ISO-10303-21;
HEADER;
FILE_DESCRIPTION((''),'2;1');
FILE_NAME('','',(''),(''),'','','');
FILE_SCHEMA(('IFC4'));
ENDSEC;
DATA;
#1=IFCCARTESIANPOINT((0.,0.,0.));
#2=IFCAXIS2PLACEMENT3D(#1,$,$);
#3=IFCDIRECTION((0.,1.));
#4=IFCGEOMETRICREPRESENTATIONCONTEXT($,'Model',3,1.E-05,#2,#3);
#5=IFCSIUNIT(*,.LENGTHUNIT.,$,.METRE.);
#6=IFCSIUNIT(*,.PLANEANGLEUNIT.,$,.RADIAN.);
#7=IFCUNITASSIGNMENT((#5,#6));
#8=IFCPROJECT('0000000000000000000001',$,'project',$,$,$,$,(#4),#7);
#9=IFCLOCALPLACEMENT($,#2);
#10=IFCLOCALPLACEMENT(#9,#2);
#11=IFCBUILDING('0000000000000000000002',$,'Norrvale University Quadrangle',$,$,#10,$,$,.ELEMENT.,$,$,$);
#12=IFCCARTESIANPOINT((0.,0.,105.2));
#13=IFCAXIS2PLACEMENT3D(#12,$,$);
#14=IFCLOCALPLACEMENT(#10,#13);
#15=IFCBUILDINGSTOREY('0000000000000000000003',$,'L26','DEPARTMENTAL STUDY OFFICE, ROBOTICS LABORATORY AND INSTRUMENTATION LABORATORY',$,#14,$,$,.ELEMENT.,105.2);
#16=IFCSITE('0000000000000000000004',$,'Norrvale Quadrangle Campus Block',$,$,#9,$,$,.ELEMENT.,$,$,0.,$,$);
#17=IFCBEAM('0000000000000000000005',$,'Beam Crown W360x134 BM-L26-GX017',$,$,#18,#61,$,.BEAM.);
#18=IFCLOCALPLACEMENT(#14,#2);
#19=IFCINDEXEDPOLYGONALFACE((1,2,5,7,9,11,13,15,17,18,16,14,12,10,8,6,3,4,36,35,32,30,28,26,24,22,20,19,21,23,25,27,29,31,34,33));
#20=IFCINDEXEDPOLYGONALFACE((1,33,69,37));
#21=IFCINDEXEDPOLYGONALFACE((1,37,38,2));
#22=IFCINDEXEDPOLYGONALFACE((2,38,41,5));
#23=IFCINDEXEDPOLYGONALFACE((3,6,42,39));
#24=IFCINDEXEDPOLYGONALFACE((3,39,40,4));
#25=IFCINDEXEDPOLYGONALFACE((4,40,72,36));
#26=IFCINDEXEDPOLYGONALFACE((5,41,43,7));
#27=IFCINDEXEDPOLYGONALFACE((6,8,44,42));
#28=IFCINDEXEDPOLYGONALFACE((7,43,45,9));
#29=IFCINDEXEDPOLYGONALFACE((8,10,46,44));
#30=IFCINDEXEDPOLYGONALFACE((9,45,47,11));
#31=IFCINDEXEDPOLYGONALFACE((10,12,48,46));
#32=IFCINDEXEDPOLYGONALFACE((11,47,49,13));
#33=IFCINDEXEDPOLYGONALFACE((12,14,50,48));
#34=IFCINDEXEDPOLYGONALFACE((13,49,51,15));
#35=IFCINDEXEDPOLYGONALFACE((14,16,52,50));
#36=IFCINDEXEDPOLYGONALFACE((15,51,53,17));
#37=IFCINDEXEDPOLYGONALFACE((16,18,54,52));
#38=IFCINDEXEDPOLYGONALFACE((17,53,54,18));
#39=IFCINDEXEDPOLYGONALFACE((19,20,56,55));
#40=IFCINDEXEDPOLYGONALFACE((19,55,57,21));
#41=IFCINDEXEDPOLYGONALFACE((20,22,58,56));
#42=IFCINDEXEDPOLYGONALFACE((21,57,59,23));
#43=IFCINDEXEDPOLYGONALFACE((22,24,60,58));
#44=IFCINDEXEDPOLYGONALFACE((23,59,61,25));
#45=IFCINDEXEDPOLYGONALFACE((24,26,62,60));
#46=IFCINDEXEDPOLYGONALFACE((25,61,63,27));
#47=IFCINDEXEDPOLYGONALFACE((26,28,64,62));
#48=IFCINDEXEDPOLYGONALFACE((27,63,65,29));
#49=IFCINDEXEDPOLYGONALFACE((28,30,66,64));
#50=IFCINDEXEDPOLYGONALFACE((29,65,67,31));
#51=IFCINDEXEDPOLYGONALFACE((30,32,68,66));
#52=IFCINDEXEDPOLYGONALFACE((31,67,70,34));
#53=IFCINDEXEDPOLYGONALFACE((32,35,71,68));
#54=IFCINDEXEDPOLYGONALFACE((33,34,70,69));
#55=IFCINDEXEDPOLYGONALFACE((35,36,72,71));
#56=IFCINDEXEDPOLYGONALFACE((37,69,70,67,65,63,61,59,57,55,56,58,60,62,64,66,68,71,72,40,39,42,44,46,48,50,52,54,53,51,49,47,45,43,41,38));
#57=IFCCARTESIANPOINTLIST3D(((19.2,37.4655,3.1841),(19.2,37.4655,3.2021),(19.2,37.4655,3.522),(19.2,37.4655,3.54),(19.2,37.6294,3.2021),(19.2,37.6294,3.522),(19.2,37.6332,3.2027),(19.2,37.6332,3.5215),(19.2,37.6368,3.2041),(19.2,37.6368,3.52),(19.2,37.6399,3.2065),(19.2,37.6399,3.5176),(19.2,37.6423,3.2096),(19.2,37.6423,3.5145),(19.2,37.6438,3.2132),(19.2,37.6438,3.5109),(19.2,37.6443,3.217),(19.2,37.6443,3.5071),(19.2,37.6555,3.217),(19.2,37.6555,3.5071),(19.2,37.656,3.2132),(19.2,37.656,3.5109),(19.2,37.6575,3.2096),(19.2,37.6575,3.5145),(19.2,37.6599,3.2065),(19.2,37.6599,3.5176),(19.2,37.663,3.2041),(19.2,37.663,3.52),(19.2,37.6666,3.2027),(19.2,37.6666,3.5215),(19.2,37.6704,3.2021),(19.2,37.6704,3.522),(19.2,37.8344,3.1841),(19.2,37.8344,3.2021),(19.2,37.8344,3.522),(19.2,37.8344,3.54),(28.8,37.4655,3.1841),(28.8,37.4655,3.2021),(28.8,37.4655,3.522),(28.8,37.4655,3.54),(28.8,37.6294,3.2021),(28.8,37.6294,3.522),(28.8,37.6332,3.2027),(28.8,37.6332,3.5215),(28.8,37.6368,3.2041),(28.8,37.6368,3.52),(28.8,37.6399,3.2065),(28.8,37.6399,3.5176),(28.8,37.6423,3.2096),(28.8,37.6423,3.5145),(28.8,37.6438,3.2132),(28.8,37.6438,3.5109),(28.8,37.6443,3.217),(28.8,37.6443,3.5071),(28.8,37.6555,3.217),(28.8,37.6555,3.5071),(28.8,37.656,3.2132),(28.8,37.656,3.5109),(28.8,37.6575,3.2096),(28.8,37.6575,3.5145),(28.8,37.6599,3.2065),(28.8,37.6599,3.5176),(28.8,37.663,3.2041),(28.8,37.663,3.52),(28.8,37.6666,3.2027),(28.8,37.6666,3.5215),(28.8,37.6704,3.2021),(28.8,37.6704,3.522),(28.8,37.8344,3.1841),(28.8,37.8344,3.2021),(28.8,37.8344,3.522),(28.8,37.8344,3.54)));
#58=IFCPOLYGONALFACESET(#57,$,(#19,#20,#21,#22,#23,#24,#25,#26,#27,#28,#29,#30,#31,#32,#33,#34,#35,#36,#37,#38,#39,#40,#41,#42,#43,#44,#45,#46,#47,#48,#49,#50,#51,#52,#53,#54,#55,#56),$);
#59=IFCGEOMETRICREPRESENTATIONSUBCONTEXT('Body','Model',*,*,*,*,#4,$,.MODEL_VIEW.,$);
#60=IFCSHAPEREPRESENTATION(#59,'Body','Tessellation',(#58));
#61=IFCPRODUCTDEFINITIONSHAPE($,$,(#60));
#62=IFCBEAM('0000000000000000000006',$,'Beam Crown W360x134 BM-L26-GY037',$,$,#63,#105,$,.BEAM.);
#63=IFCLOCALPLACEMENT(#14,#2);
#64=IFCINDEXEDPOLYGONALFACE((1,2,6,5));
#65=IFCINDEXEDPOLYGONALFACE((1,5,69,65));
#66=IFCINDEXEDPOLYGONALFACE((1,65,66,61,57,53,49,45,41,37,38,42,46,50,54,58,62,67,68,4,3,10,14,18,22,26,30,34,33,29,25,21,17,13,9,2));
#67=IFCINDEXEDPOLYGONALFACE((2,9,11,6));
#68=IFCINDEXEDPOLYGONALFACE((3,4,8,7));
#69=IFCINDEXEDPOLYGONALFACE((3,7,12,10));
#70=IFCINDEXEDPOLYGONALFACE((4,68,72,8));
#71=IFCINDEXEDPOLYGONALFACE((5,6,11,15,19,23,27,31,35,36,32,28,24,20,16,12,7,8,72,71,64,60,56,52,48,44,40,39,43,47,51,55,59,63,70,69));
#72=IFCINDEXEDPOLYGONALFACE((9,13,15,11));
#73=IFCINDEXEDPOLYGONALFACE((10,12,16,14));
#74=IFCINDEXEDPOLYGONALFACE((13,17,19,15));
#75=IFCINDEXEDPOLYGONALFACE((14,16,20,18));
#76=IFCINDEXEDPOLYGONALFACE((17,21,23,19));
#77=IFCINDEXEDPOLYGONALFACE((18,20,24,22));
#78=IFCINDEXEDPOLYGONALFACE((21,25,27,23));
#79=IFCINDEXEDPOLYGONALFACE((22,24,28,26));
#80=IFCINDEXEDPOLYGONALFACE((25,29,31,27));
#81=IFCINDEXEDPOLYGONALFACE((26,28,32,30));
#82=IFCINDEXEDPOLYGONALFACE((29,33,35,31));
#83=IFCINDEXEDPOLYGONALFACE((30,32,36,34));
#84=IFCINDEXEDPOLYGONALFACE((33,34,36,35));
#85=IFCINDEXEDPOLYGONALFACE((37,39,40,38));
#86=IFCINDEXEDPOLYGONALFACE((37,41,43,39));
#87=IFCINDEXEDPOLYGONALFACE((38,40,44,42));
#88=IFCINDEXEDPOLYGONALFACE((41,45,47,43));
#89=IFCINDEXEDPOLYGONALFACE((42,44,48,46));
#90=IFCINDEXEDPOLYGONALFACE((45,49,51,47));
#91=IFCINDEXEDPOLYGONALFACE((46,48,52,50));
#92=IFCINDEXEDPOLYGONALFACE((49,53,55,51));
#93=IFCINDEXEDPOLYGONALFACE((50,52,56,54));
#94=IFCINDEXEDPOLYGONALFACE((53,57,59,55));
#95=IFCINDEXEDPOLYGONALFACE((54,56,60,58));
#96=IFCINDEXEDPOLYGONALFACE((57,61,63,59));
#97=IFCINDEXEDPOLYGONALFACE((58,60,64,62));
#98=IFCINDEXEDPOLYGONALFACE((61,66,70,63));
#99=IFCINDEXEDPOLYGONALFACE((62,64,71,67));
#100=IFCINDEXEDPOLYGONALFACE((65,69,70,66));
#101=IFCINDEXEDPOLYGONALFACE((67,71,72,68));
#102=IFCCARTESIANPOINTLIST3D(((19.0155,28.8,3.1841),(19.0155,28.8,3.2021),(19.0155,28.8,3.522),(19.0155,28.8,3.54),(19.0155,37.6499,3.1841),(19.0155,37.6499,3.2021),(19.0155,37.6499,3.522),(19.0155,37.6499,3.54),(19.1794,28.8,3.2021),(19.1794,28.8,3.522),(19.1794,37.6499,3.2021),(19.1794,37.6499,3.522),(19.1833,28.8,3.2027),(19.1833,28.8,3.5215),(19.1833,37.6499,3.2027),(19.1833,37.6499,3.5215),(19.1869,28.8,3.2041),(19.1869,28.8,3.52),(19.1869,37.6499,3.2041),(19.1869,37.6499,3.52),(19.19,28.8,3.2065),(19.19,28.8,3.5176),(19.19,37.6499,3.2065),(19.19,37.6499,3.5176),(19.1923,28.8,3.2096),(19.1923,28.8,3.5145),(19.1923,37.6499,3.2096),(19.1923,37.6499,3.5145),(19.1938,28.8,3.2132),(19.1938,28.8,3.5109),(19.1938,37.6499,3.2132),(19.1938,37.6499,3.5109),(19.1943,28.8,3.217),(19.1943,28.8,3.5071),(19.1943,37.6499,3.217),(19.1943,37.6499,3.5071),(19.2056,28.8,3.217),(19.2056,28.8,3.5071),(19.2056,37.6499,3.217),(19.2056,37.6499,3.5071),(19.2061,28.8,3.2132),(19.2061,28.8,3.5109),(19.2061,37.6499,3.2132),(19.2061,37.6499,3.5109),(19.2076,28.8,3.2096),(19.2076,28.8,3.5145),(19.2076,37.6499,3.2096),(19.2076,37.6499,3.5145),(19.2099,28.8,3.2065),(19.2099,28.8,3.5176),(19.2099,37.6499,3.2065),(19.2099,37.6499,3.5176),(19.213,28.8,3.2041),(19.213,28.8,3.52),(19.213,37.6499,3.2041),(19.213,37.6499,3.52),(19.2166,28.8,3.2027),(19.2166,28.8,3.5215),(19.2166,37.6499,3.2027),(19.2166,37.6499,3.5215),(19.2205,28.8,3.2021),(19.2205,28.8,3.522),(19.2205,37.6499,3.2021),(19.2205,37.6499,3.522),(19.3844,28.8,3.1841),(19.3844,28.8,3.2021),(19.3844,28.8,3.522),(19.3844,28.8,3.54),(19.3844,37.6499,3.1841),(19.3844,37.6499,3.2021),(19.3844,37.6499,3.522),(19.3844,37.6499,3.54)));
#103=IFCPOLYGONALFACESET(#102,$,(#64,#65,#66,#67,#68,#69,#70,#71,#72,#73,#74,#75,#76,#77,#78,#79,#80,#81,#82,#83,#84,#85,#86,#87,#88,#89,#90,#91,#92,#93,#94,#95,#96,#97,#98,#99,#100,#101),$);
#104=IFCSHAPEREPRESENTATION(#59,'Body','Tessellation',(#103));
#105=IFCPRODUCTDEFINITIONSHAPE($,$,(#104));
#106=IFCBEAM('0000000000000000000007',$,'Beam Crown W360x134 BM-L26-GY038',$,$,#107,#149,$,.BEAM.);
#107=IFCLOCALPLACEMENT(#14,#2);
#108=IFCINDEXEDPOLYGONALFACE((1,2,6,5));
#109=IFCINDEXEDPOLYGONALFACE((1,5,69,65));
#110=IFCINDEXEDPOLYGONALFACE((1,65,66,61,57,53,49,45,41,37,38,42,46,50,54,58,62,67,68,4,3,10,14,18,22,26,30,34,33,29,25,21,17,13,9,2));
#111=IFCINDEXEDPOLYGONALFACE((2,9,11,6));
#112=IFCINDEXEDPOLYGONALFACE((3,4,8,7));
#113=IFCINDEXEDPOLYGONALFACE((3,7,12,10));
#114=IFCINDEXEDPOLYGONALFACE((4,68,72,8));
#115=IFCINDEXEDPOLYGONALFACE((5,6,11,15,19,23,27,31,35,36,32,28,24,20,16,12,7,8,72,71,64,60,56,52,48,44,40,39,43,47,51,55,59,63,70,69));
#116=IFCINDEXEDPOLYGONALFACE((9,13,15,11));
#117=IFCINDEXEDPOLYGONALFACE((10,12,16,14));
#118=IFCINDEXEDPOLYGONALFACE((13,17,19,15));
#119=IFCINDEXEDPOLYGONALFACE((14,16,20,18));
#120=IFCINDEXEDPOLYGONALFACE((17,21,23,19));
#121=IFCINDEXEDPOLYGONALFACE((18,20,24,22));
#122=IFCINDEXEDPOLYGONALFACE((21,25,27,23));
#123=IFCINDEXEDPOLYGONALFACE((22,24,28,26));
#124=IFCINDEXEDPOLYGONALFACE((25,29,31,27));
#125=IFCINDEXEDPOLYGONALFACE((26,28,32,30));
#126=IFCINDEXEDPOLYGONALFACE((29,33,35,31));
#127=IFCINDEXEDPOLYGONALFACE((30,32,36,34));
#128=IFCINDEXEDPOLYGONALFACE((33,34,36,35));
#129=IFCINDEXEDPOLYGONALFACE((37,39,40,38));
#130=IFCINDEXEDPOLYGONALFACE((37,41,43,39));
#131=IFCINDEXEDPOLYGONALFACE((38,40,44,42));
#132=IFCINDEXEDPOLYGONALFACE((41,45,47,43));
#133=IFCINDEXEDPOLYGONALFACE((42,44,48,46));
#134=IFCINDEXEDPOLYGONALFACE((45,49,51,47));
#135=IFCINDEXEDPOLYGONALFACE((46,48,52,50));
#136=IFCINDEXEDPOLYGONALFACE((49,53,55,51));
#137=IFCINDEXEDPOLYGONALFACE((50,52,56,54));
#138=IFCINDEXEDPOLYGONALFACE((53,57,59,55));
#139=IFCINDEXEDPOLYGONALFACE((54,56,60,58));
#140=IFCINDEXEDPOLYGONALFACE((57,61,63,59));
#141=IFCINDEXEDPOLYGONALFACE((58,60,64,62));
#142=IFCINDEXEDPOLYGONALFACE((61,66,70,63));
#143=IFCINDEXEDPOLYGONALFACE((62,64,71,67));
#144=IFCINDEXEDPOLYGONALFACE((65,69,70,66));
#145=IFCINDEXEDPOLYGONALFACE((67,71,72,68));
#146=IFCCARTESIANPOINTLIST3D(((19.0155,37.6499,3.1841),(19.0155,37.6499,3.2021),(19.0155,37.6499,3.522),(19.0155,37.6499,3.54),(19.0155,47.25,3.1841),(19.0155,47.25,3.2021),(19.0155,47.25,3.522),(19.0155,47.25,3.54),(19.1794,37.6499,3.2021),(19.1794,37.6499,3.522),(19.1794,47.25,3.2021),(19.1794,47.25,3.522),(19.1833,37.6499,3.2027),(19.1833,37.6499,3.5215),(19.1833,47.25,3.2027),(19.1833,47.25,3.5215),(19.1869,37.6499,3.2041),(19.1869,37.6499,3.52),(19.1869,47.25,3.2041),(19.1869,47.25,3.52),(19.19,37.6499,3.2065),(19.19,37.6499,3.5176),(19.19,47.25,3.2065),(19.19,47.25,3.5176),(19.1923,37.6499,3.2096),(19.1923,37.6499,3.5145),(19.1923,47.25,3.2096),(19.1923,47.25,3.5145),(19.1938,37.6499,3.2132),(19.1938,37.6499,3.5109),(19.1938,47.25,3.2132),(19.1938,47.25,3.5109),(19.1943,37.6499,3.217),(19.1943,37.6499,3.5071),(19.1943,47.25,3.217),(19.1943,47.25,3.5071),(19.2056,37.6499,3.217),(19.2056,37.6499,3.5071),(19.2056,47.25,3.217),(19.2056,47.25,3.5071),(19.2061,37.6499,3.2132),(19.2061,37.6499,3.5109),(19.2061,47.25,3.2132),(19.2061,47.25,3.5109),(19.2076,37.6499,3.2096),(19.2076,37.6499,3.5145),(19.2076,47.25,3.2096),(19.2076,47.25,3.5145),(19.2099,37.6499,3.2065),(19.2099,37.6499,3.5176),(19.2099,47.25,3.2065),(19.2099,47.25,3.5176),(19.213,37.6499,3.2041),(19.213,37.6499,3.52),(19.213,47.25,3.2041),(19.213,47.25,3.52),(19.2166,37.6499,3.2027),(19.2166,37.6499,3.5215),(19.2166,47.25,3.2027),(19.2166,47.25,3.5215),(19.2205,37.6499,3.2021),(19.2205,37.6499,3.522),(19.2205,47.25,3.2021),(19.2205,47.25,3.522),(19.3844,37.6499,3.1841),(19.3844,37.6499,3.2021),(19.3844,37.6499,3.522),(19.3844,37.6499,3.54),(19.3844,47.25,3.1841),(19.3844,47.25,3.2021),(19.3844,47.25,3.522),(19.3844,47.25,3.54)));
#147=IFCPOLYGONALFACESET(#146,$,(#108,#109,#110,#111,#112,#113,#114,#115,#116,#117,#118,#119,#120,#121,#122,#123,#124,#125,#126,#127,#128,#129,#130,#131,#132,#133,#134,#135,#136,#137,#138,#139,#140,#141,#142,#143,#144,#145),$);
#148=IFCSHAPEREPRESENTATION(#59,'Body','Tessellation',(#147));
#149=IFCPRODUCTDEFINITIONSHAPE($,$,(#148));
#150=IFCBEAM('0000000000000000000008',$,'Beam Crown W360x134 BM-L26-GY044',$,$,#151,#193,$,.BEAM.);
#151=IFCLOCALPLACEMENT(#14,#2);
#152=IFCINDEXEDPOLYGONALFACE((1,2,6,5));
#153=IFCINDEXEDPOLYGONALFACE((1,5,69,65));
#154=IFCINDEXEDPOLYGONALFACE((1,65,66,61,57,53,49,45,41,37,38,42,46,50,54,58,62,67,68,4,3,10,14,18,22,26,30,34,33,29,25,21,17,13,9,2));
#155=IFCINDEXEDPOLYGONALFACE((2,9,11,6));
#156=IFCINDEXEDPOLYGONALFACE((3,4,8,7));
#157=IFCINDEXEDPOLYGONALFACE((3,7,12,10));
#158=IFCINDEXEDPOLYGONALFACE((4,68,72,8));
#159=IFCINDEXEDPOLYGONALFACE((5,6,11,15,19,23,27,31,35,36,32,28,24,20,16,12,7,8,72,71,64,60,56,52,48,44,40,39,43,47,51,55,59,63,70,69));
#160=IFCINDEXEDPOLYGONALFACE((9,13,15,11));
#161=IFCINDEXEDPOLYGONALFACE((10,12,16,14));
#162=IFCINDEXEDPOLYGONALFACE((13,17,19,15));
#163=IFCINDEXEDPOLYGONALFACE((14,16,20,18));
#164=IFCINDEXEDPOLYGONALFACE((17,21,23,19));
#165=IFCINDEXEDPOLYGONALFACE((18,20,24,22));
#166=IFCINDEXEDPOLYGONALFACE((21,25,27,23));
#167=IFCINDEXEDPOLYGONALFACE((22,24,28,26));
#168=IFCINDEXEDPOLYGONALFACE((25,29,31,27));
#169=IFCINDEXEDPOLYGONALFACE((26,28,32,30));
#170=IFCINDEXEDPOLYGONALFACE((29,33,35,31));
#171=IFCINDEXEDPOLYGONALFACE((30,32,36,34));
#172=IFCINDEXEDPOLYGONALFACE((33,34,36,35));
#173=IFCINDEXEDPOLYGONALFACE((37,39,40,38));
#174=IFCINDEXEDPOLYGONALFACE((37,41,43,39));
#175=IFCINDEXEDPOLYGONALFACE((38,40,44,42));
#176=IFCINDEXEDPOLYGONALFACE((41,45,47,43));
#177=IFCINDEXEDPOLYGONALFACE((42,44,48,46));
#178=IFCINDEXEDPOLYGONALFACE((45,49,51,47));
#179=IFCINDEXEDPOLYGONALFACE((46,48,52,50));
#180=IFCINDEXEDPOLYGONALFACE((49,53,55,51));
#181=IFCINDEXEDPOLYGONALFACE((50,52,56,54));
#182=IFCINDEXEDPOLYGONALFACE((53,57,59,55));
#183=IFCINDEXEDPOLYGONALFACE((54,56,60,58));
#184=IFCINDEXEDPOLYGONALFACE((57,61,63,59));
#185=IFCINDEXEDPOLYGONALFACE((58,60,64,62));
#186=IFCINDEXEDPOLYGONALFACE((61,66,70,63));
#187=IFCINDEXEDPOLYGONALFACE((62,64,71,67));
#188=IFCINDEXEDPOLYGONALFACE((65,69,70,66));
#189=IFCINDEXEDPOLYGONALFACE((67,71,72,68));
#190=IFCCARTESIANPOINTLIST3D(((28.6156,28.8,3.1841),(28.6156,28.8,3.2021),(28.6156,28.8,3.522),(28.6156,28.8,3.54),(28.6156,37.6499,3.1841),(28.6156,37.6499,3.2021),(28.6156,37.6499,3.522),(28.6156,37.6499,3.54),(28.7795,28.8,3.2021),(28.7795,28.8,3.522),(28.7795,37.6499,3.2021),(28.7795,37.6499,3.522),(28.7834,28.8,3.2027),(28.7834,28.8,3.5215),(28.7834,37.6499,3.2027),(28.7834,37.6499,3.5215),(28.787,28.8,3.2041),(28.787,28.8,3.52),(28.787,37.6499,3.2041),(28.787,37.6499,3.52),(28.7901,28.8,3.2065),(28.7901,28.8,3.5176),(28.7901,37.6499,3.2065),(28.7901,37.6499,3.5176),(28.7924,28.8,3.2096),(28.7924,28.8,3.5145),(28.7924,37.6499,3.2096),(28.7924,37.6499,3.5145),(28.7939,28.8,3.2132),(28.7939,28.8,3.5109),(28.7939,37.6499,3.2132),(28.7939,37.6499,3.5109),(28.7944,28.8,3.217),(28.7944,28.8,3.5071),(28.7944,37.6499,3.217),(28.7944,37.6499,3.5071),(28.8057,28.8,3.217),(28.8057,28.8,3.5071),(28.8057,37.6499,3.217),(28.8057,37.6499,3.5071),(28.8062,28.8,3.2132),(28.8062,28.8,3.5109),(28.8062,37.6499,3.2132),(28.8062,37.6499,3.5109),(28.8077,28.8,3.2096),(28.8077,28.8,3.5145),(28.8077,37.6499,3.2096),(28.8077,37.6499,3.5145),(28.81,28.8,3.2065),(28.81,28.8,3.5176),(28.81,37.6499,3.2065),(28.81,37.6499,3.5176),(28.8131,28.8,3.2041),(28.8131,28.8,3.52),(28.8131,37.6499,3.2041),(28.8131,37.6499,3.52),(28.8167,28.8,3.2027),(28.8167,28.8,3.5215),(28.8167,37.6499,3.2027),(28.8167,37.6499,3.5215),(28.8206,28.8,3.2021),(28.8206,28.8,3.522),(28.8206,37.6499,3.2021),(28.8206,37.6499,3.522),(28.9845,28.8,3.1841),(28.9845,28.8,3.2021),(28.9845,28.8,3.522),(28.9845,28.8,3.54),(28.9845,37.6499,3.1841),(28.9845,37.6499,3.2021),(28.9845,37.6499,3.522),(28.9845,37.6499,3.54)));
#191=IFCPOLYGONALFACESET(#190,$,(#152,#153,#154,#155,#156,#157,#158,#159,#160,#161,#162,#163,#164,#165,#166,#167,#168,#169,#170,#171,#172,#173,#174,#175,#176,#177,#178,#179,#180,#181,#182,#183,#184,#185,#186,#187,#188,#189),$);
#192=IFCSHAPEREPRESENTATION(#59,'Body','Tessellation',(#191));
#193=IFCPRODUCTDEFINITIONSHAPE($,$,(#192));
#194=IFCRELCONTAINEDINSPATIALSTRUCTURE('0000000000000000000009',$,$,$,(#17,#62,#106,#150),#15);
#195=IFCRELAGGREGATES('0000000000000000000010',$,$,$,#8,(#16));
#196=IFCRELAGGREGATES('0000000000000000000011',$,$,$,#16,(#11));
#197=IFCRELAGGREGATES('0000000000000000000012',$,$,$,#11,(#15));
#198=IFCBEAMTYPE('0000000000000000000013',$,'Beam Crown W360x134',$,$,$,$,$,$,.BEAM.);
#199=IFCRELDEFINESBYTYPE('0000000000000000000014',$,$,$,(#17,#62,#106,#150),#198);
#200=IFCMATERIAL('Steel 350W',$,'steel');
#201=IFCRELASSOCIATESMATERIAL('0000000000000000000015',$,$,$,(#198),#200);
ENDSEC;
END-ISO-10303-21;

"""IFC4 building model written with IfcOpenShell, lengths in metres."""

from ifc_helpers import new_model, si_unit, direction, frame, origin, origin_2d, place, context, subcontext, project, spatial, i_section, extrude, material, material_profile, profile_set, type_object, element, save


model = new_model("IFC4")

# Units and contexts
model_context = context("Model", 3, precision=1e-05, world=origin(), true_north=direction((0.0, 1.0)))
body_context = subcontext(model_context, "Body", "Model", "MODEL_VIEW")
ifc_project = project(units=[si_unit("LENGTHUNIT", "METRE"), si_unit("PLANEANGLEUNIT", "RADIAN")], contexts=[model_context])

# Site, building, storey
site_placement = place(None, origin())
site = spatial("IfcSite", under=ifc_project, at=site_placement, Name="Norrvale Quadrangle Campus Block", CompositionType="ELEMENT", RefElevation=0.0)
building_placement = place(site_placement, origin())
building = spatial("IfcBuilding", under=site, at=building_placement, Name="Norrvale University Quadrangle", CompositionType="ELEMENT")
storey_placement = place(building_placement, frame((0.0, 0.0, 105.2)))
storey = spatial("IfcBuildingStorey", under=building, at=storey_placement, Name="L26", Description="DEPARTMENTAL STUDY OFFICE, ROBOTICS LABORATORY AND INSTRUMENTATION LABORATORY", CompositionType="ELEMENT", Elevation=105.2)

# Beams
ifc_material_1 = material(Name="Steel 350W", Category="steel")
ifc_material_profile_1 = material_profile(ifc_material_1, i_section(OverallWidth=0.3689, OverallDepth=0.356, WebThickness=0.0112, FlangeThickness=0.0181, FilletRadius=0.0149, at=origin_2d()), Name="Steel 350W")
ifc_profile_set_1 = profile_set([ifc_material_profile_1], Name="Steel 350W")
beam_type_1 = type_object("IfcBeamType", Name="Beam Crown W360x134", PredefinedType="BEAM", material=ifc_profile_set_1)
beam_1_placement = place(storey_placement, frame((19.2, 37.6499, 3.3621), z_axis=(1.0, 0.0, 0.0), x_axis=(0.0, 1.0, 0.0)))
element("IfcBeam", 1, at=beam_1_placement, inside=storey, type_object=beam_type_1, Name="Beam Crown W360x134 BM-L26-GX017", PredefinedType="BEAM", context=body_context, shape_type="SweptSolid", body=[
    extrude(i_section(OverallWidth=0.3689, OverallDepth=0.356, WebThickness=0.0112, FlangeThickness=0.0181, FilletRadius=0.0149, at=origin_2d()), origin(), (0.0, 0.0, 1.0), 9.6001),
])
beam_2_placement = place(storey_placement, frame((19.2, 28.8, 3.3621), z_axis=(0.0, 1.0, 0.0), x_axis=(-1.0, 0.0, 0.0)))
element("IfcBeam", 2, at=beam_2_placement, inside=storey, type_object=beam_type_1, Name="Beam Crown W360x134 BM-L26-GY037", PredefinedType="BEAM", context=body_context, shape_type="SweptSolid", body=[
    extrude(i_section(OverallWidth=0.3689, OverallDepth=0.356, WebThickness=0.0112, FlangeThickness=0.0181, FilletRadius=0.0149, at=origin_2d()), origin(), (0.0, 0.0, 1.0), 8.8499),
])
beam_3_placement = place(storey_placement, frame((19.2, 37.6499, 3.3621), z_axis=(0.0, 1.0, 0.0), x_axis=(-1.0, 0.0, 0.0)))
element("IfcBeam", 3, at=beam_3_placement, inside=storey, type_object=beam_type_1, Name="Beam Crown W360x134 BM-L26-GY038", PredefinedType="BEAM", context=body_context, shape_type="SweptSolid", body=[
    extrude(i_section(OverallWidth=0.3689, OverallDepth=0.356, WebThickness=0.0112, FlangeThickness=0.0181, FilletRadius=0.0149, at=origin_2d()), origin(), (0.0, 0.0, 1.0), 9.6001),
])
beam_4_placement = place(storey_placement, frame((28.8, 28.8, 3.3621), z_axis=(0.0, 1.0, 0.0), x_axis=(-1.0, 0.0, 0.0)))
element("IfcBeam", 4, at=beam_4_placement, inside=storey, type_object=beam_type_1, Name="Beam Crown W360x134 BM-L26-GY044", PredefinedType="BEAM", context=body_context, shape_type="SweptSolid", body=[
    extrude(i_section(OverallWidth=0.3689, OverallDepth=0.356, WebThickness=0.0112, FlangeThickness=0.0181, FilletRadius=0.0149, at=origin_2d()), origin(), (0.0, 0.0, 1.0), 8.8499),
])

save(model, "model.ifc")
